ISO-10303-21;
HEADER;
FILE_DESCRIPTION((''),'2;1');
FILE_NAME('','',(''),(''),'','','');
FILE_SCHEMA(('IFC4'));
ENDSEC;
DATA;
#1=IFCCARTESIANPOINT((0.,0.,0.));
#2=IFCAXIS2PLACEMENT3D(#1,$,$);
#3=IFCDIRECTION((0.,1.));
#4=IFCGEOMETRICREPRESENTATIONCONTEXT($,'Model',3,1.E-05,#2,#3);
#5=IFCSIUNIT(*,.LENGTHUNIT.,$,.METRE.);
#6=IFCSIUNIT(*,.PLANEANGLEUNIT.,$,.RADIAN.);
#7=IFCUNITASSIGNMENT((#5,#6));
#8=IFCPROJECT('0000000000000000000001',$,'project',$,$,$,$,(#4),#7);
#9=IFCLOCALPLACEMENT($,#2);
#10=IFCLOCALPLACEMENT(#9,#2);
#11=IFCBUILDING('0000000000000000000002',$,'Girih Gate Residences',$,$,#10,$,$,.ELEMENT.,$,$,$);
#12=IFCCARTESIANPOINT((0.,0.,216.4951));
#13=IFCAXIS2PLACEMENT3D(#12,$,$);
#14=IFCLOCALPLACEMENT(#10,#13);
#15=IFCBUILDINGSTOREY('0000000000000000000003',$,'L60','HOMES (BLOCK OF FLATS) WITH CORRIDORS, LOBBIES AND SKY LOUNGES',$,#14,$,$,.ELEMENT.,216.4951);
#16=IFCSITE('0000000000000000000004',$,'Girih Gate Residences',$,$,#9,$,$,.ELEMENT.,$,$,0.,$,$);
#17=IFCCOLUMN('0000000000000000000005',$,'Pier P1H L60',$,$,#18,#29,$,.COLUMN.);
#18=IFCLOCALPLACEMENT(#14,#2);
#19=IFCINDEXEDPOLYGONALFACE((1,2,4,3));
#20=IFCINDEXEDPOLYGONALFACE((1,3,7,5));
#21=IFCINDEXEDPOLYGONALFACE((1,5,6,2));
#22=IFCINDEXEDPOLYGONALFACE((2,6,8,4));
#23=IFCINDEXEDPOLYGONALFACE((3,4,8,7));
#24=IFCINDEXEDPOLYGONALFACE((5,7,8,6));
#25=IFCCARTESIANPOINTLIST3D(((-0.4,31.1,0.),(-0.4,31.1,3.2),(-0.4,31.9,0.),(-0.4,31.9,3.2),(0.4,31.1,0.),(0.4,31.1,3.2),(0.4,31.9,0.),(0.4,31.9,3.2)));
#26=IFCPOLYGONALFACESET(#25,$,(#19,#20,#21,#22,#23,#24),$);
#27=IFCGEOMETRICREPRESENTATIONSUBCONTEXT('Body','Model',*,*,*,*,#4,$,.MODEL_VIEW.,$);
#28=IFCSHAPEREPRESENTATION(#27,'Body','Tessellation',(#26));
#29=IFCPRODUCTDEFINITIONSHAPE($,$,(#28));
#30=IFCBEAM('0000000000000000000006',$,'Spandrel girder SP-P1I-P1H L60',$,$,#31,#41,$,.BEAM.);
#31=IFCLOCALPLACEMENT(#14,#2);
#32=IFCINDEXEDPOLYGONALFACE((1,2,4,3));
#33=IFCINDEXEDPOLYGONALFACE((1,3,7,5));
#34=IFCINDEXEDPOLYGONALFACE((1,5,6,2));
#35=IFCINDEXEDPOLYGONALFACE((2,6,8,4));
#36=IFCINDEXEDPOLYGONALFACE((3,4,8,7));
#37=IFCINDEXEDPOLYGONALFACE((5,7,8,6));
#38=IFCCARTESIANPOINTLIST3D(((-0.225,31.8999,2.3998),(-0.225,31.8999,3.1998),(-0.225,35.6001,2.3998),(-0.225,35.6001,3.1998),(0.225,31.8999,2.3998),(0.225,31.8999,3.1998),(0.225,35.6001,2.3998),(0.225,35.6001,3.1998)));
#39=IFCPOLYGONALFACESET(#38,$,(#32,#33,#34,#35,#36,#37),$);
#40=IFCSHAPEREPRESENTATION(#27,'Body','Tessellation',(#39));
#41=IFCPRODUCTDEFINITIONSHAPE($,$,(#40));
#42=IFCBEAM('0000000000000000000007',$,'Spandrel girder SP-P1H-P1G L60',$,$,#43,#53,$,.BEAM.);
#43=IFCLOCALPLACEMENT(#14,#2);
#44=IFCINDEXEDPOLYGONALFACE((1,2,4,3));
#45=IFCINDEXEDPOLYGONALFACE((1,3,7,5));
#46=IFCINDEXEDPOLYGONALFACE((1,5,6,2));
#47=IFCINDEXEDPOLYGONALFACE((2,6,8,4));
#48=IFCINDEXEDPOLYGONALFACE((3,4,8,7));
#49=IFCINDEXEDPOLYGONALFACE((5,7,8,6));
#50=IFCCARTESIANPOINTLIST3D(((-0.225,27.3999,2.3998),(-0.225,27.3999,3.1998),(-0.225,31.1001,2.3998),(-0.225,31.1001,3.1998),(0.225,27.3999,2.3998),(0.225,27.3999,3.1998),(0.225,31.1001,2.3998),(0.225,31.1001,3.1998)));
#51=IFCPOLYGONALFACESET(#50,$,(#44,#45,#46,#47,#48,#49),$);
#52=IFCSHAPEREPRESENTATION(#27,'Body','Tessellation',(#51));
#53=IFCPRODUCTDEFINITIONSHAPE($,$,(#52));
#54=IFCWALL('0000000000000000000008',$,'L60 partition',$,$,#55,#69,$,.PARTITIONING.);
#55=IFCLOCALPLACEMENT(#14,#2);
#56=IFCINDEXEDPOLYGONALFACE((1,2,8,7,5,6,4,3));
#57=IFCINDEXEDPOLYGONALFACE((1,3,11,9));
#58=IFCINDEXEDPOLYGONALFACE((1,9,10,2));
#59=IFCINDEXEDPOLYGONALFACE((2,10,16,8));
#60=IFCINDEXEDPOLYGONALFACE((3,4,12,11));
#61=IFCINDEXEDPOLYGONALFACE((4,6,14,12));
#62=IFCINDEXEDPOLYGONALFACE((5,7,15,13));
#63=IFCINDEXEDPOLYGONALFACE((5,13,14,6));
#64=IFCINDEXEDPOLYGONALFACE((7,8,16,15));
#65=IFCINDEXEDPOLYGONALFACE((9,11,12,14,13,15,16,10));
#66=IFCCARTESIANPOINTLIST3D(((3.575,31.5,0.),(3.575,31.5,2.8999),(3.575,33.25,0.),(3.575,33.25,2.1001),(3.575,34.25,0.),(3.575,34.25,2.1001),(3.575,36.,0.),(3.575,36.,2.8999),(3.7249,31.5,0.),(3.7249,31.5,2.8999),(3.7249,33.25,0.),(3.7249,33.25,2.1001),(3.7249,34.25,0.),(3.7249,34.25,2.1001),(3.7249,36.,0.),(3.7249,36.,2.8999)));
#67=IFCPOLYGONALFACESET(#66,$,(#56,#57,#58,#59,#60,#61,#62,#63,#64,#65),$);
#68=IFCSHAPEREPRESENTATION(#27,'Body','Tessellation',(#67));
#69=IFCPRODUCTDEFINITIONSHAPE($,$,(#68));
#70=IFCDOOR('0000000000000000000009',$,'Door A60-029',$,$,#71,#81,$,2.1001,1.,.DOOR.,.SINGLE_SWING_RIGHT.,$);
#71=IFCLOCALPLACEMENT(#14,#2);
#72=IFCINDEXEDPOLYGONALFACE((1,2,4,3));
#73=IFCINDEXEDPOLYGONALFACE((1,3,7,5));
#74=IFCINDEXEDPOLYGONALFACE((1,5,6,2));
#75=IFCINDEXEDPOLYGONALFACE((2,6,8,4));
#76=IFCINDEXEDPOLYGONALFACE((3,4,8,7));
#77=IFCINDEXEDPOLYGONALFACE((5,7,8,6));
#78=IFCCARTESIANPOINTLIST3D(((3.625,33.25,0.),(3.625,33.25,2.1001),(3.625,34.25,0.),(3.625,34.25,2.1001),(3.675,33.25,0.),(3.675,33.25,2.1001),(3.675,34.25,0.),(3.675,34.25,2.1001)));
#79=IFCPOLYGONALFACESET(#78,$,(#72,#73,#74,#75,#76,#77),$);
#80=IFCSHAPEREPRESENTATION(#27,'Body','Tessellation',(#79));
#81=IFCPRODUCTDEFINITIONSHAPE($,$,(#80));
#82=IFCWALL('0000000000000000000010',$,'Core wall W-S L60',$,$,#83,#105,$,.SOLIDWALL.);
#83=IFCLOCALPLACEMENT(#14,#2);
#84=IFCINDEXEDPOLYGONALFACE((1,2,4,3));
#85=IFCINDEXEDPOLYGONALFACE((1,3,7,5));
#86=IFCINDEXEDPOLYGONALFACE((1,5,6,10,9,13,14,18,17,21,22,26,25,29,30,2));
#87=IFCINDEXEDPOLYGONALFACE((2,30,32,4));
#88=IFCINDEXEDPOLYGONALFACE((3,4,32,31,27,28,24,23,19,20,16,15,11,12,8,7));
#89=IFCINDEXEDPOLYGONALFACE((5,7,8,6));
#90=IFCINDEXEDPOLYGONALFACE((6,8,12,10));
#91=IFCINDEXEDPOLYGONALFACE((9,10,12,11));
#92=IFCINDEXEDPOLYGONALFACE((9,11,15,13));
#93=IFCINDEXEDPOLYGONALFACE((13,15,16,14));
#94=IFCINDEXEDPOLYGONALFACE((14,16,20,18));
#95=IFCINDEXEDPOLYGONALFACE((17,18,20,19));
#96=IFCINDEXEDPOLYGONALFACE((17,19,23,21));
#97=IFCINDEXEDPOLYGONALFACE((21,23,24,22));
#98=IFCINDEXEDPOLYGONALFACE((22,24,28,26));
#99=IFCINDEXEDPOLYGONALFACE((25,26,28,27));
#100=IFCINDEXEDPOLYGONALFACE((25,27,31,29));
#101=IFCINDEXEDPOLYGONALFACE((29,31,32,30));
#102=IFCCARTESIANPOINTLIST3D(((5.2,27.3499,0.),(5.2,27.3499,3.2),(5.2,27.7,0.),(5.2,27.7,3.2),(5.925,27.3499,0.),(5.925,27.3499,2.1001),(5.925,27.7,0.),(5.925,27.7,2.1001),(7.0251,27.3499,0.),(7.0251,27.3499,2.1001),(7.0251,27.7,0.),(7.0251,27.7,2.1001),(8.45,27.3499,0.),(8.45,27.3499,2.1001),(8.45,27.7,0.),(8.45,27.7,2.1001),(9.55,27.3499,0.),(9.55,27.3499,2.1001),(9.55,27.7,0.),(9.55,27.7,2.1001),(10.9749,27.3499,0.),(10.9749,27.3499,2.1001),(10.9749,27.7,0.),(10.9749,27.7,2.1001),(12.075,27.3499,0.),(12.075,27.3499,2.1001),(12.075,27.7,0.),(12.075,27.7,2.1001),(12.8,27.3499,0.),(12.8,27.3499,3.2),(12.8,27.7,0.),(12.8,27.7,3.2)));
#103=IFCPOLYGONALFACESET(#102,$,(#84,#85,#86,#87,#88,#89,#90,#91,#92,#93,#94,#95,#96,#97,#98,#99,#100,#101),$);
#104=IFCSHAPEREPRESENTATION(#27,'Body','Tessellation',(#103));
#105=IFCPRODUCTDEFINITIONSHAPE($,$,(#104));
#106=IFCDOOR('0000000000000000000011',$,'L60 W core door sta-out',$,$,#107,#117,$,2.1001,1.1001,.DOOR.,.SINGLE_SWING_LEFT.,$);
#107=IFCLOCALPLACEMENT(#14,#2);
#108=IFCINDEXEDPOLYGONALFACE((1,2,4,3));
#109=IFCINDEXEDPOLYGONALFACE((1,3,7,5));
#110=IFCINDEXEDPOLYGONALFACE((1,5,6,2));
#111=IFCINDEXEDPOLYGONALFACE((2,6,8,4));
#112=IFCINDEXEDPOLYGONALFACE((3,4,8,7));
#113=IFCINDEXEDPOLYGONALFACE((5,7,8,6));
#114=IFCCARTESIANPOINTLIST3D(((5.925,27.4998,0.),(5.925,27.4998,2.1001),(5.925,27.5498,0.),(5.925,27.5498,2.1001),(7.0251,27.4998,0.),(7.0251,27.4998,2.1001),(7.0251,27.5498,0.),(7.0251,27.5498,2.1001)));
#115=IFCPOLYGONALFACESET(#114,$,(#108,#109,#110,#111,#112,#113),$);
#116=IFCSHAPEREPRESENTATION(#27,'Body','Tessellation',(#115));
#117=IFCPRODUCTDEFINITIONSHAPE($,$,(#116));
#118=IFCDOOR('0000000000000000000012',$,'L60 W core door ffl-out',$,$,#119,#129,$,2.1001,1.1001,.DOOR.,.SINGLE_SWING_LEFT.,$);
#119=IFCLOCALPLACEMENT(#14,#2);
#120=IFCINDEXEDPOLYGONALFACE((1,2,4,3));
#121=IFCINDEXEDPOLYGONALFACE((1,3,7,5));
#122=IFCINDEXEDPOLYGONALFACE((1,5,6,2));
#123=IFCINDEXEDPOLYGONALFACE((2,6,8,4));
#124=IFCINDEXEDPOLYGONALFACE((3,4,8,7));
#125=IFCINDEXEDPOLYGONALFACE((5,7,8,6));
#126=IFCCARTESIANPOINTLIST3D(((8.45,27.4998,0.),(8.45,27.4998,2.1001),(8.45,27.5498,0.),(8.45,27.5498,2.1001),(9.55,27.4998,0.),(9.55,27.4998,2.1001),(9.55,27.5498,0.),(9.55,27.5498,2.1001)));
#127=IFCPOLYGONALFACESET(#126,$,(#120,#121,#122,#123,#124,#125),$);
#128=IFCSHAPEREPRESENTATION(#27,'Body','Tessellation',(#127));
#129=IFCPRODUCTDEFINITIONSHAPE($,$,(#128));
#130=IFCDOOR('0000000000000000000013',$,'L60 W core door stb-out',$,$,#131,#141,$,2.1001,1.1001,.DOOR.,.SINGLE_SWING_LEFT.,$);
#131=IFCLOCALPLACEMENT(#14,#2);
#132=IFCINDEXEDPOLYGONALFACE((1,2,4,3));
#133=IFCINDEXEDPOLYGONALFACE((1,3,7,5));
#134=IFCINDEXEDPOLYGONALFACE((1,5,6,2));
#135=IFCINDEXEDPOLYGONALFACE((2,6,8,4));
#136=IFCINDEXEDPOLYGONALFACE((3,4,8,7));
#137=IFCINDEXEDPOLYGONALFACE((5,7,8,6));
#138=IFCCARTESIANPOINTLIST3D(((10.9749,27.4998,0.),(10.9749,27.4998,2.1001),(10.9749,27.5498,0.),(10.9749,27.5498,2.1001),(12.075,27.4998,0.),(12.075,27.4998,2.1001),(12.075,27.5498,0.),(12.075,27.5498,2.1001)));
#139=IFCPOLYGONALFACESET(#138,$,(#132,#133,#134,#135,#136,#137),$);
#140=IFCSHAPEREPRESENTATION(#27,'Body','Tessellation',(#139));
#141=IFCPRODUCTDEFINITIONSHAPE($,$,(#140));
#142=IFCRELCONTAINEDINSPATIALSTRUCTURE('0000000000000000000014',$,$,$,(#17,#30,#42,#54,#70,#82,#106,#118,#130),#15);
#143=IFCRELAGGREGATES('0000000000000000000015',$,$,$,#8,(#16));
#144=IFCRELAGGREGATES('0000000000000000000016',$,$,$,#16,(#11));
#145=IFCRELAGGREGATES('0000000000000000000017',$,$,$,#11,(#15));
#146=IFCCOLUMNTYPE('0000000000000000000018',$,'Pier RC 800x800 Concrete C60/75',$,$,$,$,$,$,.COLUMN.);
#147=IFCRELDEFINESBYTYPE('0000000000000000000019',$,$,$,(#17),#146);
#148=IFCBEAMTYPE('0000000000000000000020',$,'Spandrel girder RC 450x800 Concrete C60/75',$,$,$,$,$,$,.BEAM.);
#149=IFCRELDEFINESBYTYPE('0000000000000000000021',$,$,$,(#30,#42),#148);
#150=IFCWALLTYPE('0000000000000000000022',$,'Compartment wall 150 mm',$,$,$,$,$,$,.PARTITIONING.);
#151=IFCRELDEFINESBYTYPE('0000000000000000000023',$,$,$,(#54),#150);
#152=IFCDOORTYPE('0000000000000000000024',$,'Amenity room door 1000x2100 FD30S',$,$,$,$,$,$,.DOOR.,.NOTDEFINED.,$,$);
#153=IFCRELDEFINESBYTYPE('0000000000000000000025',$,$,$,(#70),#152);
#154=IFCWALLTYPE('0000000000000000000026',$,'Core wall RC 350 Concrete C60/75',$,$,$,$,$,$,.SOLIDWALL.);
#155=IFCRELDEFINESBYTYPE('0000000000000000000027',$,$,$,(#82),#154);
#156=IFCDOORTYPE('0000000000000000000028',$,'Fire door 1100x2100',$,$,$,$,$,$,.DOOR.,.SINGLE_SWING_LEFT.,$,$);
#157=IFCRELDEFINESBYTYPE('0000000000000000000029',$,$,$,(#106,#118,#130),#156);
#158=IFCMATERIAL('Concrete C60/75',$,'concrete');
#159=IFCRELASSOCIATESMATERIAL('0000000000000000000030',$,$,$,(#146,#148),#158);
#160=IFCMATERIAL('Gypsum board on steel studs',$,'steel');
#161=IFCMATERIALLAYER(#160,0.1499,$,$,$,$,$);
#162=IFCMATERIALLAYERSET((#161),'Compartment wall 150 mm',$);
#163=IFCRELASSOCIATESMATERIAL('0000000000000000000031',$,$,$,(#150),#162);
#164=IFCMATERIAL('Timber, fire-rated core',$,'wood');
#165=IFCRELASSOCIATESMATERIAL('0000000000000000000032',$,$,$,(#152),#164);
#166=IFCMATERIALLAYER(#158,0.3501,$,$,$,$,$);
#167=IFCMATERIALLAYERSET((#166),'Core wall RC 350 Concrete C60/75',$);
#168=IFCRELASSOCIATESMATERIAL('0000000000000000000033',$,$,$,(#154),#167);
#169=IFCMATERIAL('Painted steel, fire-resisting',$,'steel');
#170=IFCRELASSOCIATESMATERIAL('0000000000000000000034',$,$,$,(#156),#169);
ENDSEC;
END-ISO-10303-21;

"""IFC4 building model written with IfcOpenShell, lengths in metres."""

from ifc_helpers import new_model, si_unit, direction, frame, frame_2d, origin, origin_2d, place, context, subcontext, project, spatial, rectangle, extrude, material, layer, layer_set, material_profile, profile_set, type_object, element, fill, save


model = new_model("IFC4")

# Units and contexts
model_context = context("Model", 3, precision=1e-05, world=origin(), true_north=direction((0.0, 1.0)))
body_context = subcontext(model_context, "Body", "Model", "MODEL_VIEW")
ifc_project = project(units=[si_unit("LENGTHUNIT", "METRE"), si_unit("PLANEANGLEUNIT", "RADIAN")], contexts=[model_context])

# Site, building, storey
site_placement = place(None, origin())
site = spatial("IfcSite", under=ifc_project, at=site_placement, Name="Girih Gate Residences", CompositionType="ELEMENT", RefElevation=0.0)
building_placement = place(site_placement, origin())
building = spatial("IfcBuilding", under=site, at=building_placement, Name="Girih Gate Residences", CompositionType="ELEMENT")
storey_placement = place(building_placement, frame((0.0, 0.0, 216.4951)))
storey = spatial("IfcBuildingStorey", under=building, at=storey_placement, Name="L60", Description="HOMES (BLOCK OF FLATS) WITH CORRIDORS, LOBBIES AND SKY LOUNGES", CompositionType="ELEMENT", Elevation=216.4951)

# Column
ifc_material_1 = material(Name="Concrete C60/75", Category="concrete")
ifc_material_profile_1 = material_profile(ifc_material_1, rectangle(XDim=0.8, YDim=0.8, at=origin_2d()))
ifc_profile_set_1 = profile_set([ifc_material_profile_1], Name="Concrete C60/75")
column_type = type_object("IfcColumnType", Name="Pier RC 800x800 Concrete C60/75", PredefinedType="COLUMN", material=ifc_profile_set_1)
column_placement = place(storey_placement, frame((0.0, 31.5, 0.0), z_axis=(0.0, 0.0, 1.0), x_axis=(1.0, 0.0, 0.0)))
element("IfcColumn", 1, at=column_placement, inside=storey, type_object=column_type, Name="Pier P1H L60", PredefinedType="COLUMN", context=body_context, shape_type="SweptSolid", body=[
    extrude(rectangle(XDim=0.8, YDim=0.8, at=origin_2d()), origin(), (0.0, 0.0, 1.0), 3.2),
])

# Beams
ifc_material_profile_2 = material_profile(ifc_material_1, rectangle(XDim=0.45, YDim=0.8, at=origin_2d()))
ifc_profile_set_2 = profile_set([ifc_material_profile_2], Name="Concrete C60/75")
beam_type = type_object("IfcBeamType", Name="Spandrel girder RC 450x800 Concrete C60/75", PredefinedType="BEAM", material=ifc_profile_set_2)
for number, where, z_axis, x_axis, name in (
    (2, (0.0, 35.6001, 2.7998), (0.0, -1.0, 0.0), (1.0, 0.0, 0.0), "Spandrel girder SP-P1I-P1H L60"),
    (3, (0.0, 31.1001, 2.7998), (0.0, -1.0, 0.0), (1.0, 0.0, 0.0), "Spandrel girder SP-P1H-P1G L60"),
):
    element("IfcBeam", number, at=place(storey_placement, frame(where, z_axis=z_axis, x_axis=x_axis)), inside=storey, type_object=beam_type, Name=name, PredefinedType="BEAM", context=body_context, shape_type="SweptSolid", body=[
        extrude(rectangle(XDim=0.45, YDim=0.8, at=origin_2d()), origin(), (0.0, 0.0, 1.0), 3.7002),
    ])

# Wall, opening, door
ifc_material_2 = material(Name="Gypsum board on steel studs", Category="steel")
ifc_layer_1 = layer(ifc_material_2, 0.1499)
ifc_layer_set_1 = layer_set([ifc_layer_1], Name="Compartment wall 150 mm")
wall_type_1 = type_object("IfcWallType", Name="Compartment wall 150 mm", PredefinedType="PARTITIONING", material=ifc_layer_set_1)
wall_1_placement = place(storey_placement, frame((3.6499, 31.5, 0.0), z_axis=(0.0, 0.0, 1.0), x_axis=(0.0, 1.0, 0.0)))
wall_1 = element("IfcWall", 4, at=wall_1_placement, inside=storey, type_object=wall_type_1, Name="L60 partition", PredefinedType="PARTITIONING", context=body_context, shape_type="SweptSolid", body=[
    extrude(rectangle(XDim=4.5, YDim=0.1499, at=frame_2d((2.25, 0.0))), origin(), (0.0, 0.0, 1.0), 2.8999),
])
opening_1_placement = place(wall_1_placement, frame((1.75, 0.0, 0.0)))
opening_1 = element("IfcOpeningElement", 5, at=opening_1_placement, cuts=wall_1, PredefinedType="OPENING", context=body_context, shape_type="SweptSolid", body=[
    extrude(rectangle(XDim=1.0, YDim=2.1001, at=frame_2d((0.5, 1.05))), frame((0.0, 0.085, 0.0), z_axis=(0.0, -1.0, 0.0), x_axis=(1.0, 0.0, 0.0)), (0.0, 0.0, 1.0), 0.1699),
])
ifc_material_3 = material(Name="Timber, fire-rated core", Category="wood")
door_type_1 = type_object("IfcDoorType", Name="Amenity room door 1000x2100 FD30S", OperationType="NOTDEFINED", PredefinedType="DOOR", material=ifc_material_3)
door_1_placement = place(opening_1_placement, origin())
door_1 = element("IfcDoor", 6, at=door_1_placement, inside=storey, type_object=door_type_1, Name="Door A60-029", OperationType="SINGLE_SWING_RIGHT", OverallHeight=2.1001, OverallWidth=1.0, PredefinedType="DOOR", context=body_context, shape_type="SweptSolid", body=[
    extrude(rectangle(XDim=1.0, YDim=2.1001, at=frame_2d((0.5, 1.05))), frame((0.0, 0.0249, 0.0), z_axis=(0.0, -1.0, 0.0), x_axis=(1.0, 0.0, 0.0)), (0.0, 0.0, 1.0), 0.05),
])
fill(opening_1, door_1)

# Wall, openings, doors
ifc_layer_2 = layer(ifc_material_1, 0.3501)
ifc_layer_set_2 = layer_set([ifc_layer_2], Name="Core wall RC 350 Concrete C60/75")
wall_type_2 = type_object("IfcWallType", Name="Core wall RC 350 Concrete C60/75", PredefinedType="SOLIDWALL", material=ifc_layer_set_2)
wall_2_placement = place(storey_placement, frame((5.2, 27.5249, 0.0), z_axis=(0.0, 0.0, 1.0), x_axis=(1.0, 0.0, 0.0)))
wall_2 = element("IfcWall", 7, at=wall_2_placement, inside=storey, type_object=wall_type_2, Name="Core wall W-S L60", PredefinedType="SOLIDWALL", context=body_context, shape_type="SweptSolid", body=[
    extrude(rectangle(XDim=7.6001, YDim=0.3501, at=frame_2d((3.8, 0.0))), origin(), (0.0, 0.0, 1.0), 3.2),
])
opening_2_placement = place(wall_2_placement, frame((0.7251, 0.0, 0.0)))
opening_2 = element("IfcOpeningElement", 8, at=opening_2_placement, cuts=wall_2, PredefinedType="OPENING", context=body_context, shape_type="SweptSolid", body=[
    extrude(rectangle(XDim=1.1001, YDim=2.1001, at=frame_2d((0.55, 1.05))), frame((0.0, 0.1851, 0.0), z_axis=(0.0, -1.0, 0.0), x_axis=(1.0, 0.0, 0.0)), (0.0, 0.0, 1.0), 0.3701),
])
opening_3_placement = place(wall_2_placement, frame((3.25, 0.0, 0.0)))
opening_3 = element("IfcOpeningElement", 9, at=opening_3_placement, cuts=wall_2, PredefinedType="OPENING", context=body_context, shape_type="SweptSolid", body=[
    extrude(rectangle(XDim=1.1001, YDim=2.1001, at=frame_2d((0.55, 1.05))), frame((0.0, 0.1851, 0.0), z_axis=(0.0, -1.0, 0.0), x_axis=(1.0, 0.0, 0.0)), (0.0, 0.0, 1.0), 0.3701),
])
opening_4_placement = place(wall_2_placement, frame((5.7749, 0.0, 0.0)))
opening_4 = element("IfcOpeningElement", 10, at=opening_4_placement, cuts=wall_2, PredefinedType="OPENING", context=body_context, shape_type="SweptSolid", body=[
    extrude(rectangle(XDim=1.1001, YDim=2.1001, at=frame_2d((0.55, 1.05))), frame((0.0, 0.1851, 0.0), z_axis=(0.0, -1.0, 0.0), x_axis=(1.0, 0.0, 0.0)), (0.0, 0.0, 1.0), 0.3701),
])
ifc_material_4 = material(Name="Painted steel, fire-resisting", Category="steel")
door_type_2 = type_object("IfcDoorType", Name="Fire door 1100x2100", OperationType="SINGLE_SWING_LEFT", PredefinedType="DOOR", material=ifc_material_4)
door_2_placement = place(opening_2_placement, origin())
door_2 = element("IfcDoor", 11, at=door_2_placement, inside=storey, type_object=door_type_2, Name="L60 W core door sta-out", OperationType="SINGLE_SWING_LEFT", OverallHeight=2.1001, OverallWidth=1.1001, PredefinedType="DOOR", context=body_context, shape_type="SweptSolid", body=[
    extrude(rectangle(XDim=1.1001, YDim=2.1001, at=frame_2d((0.55, 1.05))), frame((0.0, 0.0249, 0.0), z_axis=(0.0, -1.0, 0.0), x_axis=(1.0, 0.0, 0.0)), (0.0, 0.0, 1.0), 0.05),
])
fill(opening_2, door_2)
door_3_placement = place(opening_3_placement, origin())
door_3 = element("IfcDoor", 12, at=door_3_placement, inside=storey, type_object=door_type_2, Name="L60 W core door ffl-out", OperationType="SINGLE_SWING_LEFT", OverallHeight=2.1001, OverallWidth=1.1001, PredefinedType="DOOR", context=body_context, shape_type="SweptSolid", body=[
    extrude(rectangle(XDim=1.1001, YDim=2.1001, at=frame_2d((0.55, 1.05))), frame((0.0, 0.0249, 0.0), z_axis=(0.0, -1.0, 0.0), x_axis=(1.0, 0.0, 0.0)), (0.0, 0.0, 1.0), 0.05),
])
fill(opening_3, door_3)
door_4_placement = place(opening_4_placement, origin())
door_4 = element("IfcDoor", 13, at=door_4_placement, inside=storey, type_object=door_type_2, Name="L60 W core door stb-out", OperationType="SINGLE_SWING_LEFT", OverallHeight=2.1001, OverallWidth=1.1001, PredefinedType="DOOR", context=body_context, shape_type="SweptSolid", body=[
    extrude(rectangle(XDim=1.1001, YDim=2.1001, at=frame_2d((0.55, 1.05))), frame((0.0, 0.0249, 0.0), z_axis=(0.0, -1.0, 0.0), x_axis=(1.0, 0.0, 0.0)), (0.0, 0.0, 1.0), 0.05),
])
fill(opening_4, door_4)

save(model, "model.ifc")
